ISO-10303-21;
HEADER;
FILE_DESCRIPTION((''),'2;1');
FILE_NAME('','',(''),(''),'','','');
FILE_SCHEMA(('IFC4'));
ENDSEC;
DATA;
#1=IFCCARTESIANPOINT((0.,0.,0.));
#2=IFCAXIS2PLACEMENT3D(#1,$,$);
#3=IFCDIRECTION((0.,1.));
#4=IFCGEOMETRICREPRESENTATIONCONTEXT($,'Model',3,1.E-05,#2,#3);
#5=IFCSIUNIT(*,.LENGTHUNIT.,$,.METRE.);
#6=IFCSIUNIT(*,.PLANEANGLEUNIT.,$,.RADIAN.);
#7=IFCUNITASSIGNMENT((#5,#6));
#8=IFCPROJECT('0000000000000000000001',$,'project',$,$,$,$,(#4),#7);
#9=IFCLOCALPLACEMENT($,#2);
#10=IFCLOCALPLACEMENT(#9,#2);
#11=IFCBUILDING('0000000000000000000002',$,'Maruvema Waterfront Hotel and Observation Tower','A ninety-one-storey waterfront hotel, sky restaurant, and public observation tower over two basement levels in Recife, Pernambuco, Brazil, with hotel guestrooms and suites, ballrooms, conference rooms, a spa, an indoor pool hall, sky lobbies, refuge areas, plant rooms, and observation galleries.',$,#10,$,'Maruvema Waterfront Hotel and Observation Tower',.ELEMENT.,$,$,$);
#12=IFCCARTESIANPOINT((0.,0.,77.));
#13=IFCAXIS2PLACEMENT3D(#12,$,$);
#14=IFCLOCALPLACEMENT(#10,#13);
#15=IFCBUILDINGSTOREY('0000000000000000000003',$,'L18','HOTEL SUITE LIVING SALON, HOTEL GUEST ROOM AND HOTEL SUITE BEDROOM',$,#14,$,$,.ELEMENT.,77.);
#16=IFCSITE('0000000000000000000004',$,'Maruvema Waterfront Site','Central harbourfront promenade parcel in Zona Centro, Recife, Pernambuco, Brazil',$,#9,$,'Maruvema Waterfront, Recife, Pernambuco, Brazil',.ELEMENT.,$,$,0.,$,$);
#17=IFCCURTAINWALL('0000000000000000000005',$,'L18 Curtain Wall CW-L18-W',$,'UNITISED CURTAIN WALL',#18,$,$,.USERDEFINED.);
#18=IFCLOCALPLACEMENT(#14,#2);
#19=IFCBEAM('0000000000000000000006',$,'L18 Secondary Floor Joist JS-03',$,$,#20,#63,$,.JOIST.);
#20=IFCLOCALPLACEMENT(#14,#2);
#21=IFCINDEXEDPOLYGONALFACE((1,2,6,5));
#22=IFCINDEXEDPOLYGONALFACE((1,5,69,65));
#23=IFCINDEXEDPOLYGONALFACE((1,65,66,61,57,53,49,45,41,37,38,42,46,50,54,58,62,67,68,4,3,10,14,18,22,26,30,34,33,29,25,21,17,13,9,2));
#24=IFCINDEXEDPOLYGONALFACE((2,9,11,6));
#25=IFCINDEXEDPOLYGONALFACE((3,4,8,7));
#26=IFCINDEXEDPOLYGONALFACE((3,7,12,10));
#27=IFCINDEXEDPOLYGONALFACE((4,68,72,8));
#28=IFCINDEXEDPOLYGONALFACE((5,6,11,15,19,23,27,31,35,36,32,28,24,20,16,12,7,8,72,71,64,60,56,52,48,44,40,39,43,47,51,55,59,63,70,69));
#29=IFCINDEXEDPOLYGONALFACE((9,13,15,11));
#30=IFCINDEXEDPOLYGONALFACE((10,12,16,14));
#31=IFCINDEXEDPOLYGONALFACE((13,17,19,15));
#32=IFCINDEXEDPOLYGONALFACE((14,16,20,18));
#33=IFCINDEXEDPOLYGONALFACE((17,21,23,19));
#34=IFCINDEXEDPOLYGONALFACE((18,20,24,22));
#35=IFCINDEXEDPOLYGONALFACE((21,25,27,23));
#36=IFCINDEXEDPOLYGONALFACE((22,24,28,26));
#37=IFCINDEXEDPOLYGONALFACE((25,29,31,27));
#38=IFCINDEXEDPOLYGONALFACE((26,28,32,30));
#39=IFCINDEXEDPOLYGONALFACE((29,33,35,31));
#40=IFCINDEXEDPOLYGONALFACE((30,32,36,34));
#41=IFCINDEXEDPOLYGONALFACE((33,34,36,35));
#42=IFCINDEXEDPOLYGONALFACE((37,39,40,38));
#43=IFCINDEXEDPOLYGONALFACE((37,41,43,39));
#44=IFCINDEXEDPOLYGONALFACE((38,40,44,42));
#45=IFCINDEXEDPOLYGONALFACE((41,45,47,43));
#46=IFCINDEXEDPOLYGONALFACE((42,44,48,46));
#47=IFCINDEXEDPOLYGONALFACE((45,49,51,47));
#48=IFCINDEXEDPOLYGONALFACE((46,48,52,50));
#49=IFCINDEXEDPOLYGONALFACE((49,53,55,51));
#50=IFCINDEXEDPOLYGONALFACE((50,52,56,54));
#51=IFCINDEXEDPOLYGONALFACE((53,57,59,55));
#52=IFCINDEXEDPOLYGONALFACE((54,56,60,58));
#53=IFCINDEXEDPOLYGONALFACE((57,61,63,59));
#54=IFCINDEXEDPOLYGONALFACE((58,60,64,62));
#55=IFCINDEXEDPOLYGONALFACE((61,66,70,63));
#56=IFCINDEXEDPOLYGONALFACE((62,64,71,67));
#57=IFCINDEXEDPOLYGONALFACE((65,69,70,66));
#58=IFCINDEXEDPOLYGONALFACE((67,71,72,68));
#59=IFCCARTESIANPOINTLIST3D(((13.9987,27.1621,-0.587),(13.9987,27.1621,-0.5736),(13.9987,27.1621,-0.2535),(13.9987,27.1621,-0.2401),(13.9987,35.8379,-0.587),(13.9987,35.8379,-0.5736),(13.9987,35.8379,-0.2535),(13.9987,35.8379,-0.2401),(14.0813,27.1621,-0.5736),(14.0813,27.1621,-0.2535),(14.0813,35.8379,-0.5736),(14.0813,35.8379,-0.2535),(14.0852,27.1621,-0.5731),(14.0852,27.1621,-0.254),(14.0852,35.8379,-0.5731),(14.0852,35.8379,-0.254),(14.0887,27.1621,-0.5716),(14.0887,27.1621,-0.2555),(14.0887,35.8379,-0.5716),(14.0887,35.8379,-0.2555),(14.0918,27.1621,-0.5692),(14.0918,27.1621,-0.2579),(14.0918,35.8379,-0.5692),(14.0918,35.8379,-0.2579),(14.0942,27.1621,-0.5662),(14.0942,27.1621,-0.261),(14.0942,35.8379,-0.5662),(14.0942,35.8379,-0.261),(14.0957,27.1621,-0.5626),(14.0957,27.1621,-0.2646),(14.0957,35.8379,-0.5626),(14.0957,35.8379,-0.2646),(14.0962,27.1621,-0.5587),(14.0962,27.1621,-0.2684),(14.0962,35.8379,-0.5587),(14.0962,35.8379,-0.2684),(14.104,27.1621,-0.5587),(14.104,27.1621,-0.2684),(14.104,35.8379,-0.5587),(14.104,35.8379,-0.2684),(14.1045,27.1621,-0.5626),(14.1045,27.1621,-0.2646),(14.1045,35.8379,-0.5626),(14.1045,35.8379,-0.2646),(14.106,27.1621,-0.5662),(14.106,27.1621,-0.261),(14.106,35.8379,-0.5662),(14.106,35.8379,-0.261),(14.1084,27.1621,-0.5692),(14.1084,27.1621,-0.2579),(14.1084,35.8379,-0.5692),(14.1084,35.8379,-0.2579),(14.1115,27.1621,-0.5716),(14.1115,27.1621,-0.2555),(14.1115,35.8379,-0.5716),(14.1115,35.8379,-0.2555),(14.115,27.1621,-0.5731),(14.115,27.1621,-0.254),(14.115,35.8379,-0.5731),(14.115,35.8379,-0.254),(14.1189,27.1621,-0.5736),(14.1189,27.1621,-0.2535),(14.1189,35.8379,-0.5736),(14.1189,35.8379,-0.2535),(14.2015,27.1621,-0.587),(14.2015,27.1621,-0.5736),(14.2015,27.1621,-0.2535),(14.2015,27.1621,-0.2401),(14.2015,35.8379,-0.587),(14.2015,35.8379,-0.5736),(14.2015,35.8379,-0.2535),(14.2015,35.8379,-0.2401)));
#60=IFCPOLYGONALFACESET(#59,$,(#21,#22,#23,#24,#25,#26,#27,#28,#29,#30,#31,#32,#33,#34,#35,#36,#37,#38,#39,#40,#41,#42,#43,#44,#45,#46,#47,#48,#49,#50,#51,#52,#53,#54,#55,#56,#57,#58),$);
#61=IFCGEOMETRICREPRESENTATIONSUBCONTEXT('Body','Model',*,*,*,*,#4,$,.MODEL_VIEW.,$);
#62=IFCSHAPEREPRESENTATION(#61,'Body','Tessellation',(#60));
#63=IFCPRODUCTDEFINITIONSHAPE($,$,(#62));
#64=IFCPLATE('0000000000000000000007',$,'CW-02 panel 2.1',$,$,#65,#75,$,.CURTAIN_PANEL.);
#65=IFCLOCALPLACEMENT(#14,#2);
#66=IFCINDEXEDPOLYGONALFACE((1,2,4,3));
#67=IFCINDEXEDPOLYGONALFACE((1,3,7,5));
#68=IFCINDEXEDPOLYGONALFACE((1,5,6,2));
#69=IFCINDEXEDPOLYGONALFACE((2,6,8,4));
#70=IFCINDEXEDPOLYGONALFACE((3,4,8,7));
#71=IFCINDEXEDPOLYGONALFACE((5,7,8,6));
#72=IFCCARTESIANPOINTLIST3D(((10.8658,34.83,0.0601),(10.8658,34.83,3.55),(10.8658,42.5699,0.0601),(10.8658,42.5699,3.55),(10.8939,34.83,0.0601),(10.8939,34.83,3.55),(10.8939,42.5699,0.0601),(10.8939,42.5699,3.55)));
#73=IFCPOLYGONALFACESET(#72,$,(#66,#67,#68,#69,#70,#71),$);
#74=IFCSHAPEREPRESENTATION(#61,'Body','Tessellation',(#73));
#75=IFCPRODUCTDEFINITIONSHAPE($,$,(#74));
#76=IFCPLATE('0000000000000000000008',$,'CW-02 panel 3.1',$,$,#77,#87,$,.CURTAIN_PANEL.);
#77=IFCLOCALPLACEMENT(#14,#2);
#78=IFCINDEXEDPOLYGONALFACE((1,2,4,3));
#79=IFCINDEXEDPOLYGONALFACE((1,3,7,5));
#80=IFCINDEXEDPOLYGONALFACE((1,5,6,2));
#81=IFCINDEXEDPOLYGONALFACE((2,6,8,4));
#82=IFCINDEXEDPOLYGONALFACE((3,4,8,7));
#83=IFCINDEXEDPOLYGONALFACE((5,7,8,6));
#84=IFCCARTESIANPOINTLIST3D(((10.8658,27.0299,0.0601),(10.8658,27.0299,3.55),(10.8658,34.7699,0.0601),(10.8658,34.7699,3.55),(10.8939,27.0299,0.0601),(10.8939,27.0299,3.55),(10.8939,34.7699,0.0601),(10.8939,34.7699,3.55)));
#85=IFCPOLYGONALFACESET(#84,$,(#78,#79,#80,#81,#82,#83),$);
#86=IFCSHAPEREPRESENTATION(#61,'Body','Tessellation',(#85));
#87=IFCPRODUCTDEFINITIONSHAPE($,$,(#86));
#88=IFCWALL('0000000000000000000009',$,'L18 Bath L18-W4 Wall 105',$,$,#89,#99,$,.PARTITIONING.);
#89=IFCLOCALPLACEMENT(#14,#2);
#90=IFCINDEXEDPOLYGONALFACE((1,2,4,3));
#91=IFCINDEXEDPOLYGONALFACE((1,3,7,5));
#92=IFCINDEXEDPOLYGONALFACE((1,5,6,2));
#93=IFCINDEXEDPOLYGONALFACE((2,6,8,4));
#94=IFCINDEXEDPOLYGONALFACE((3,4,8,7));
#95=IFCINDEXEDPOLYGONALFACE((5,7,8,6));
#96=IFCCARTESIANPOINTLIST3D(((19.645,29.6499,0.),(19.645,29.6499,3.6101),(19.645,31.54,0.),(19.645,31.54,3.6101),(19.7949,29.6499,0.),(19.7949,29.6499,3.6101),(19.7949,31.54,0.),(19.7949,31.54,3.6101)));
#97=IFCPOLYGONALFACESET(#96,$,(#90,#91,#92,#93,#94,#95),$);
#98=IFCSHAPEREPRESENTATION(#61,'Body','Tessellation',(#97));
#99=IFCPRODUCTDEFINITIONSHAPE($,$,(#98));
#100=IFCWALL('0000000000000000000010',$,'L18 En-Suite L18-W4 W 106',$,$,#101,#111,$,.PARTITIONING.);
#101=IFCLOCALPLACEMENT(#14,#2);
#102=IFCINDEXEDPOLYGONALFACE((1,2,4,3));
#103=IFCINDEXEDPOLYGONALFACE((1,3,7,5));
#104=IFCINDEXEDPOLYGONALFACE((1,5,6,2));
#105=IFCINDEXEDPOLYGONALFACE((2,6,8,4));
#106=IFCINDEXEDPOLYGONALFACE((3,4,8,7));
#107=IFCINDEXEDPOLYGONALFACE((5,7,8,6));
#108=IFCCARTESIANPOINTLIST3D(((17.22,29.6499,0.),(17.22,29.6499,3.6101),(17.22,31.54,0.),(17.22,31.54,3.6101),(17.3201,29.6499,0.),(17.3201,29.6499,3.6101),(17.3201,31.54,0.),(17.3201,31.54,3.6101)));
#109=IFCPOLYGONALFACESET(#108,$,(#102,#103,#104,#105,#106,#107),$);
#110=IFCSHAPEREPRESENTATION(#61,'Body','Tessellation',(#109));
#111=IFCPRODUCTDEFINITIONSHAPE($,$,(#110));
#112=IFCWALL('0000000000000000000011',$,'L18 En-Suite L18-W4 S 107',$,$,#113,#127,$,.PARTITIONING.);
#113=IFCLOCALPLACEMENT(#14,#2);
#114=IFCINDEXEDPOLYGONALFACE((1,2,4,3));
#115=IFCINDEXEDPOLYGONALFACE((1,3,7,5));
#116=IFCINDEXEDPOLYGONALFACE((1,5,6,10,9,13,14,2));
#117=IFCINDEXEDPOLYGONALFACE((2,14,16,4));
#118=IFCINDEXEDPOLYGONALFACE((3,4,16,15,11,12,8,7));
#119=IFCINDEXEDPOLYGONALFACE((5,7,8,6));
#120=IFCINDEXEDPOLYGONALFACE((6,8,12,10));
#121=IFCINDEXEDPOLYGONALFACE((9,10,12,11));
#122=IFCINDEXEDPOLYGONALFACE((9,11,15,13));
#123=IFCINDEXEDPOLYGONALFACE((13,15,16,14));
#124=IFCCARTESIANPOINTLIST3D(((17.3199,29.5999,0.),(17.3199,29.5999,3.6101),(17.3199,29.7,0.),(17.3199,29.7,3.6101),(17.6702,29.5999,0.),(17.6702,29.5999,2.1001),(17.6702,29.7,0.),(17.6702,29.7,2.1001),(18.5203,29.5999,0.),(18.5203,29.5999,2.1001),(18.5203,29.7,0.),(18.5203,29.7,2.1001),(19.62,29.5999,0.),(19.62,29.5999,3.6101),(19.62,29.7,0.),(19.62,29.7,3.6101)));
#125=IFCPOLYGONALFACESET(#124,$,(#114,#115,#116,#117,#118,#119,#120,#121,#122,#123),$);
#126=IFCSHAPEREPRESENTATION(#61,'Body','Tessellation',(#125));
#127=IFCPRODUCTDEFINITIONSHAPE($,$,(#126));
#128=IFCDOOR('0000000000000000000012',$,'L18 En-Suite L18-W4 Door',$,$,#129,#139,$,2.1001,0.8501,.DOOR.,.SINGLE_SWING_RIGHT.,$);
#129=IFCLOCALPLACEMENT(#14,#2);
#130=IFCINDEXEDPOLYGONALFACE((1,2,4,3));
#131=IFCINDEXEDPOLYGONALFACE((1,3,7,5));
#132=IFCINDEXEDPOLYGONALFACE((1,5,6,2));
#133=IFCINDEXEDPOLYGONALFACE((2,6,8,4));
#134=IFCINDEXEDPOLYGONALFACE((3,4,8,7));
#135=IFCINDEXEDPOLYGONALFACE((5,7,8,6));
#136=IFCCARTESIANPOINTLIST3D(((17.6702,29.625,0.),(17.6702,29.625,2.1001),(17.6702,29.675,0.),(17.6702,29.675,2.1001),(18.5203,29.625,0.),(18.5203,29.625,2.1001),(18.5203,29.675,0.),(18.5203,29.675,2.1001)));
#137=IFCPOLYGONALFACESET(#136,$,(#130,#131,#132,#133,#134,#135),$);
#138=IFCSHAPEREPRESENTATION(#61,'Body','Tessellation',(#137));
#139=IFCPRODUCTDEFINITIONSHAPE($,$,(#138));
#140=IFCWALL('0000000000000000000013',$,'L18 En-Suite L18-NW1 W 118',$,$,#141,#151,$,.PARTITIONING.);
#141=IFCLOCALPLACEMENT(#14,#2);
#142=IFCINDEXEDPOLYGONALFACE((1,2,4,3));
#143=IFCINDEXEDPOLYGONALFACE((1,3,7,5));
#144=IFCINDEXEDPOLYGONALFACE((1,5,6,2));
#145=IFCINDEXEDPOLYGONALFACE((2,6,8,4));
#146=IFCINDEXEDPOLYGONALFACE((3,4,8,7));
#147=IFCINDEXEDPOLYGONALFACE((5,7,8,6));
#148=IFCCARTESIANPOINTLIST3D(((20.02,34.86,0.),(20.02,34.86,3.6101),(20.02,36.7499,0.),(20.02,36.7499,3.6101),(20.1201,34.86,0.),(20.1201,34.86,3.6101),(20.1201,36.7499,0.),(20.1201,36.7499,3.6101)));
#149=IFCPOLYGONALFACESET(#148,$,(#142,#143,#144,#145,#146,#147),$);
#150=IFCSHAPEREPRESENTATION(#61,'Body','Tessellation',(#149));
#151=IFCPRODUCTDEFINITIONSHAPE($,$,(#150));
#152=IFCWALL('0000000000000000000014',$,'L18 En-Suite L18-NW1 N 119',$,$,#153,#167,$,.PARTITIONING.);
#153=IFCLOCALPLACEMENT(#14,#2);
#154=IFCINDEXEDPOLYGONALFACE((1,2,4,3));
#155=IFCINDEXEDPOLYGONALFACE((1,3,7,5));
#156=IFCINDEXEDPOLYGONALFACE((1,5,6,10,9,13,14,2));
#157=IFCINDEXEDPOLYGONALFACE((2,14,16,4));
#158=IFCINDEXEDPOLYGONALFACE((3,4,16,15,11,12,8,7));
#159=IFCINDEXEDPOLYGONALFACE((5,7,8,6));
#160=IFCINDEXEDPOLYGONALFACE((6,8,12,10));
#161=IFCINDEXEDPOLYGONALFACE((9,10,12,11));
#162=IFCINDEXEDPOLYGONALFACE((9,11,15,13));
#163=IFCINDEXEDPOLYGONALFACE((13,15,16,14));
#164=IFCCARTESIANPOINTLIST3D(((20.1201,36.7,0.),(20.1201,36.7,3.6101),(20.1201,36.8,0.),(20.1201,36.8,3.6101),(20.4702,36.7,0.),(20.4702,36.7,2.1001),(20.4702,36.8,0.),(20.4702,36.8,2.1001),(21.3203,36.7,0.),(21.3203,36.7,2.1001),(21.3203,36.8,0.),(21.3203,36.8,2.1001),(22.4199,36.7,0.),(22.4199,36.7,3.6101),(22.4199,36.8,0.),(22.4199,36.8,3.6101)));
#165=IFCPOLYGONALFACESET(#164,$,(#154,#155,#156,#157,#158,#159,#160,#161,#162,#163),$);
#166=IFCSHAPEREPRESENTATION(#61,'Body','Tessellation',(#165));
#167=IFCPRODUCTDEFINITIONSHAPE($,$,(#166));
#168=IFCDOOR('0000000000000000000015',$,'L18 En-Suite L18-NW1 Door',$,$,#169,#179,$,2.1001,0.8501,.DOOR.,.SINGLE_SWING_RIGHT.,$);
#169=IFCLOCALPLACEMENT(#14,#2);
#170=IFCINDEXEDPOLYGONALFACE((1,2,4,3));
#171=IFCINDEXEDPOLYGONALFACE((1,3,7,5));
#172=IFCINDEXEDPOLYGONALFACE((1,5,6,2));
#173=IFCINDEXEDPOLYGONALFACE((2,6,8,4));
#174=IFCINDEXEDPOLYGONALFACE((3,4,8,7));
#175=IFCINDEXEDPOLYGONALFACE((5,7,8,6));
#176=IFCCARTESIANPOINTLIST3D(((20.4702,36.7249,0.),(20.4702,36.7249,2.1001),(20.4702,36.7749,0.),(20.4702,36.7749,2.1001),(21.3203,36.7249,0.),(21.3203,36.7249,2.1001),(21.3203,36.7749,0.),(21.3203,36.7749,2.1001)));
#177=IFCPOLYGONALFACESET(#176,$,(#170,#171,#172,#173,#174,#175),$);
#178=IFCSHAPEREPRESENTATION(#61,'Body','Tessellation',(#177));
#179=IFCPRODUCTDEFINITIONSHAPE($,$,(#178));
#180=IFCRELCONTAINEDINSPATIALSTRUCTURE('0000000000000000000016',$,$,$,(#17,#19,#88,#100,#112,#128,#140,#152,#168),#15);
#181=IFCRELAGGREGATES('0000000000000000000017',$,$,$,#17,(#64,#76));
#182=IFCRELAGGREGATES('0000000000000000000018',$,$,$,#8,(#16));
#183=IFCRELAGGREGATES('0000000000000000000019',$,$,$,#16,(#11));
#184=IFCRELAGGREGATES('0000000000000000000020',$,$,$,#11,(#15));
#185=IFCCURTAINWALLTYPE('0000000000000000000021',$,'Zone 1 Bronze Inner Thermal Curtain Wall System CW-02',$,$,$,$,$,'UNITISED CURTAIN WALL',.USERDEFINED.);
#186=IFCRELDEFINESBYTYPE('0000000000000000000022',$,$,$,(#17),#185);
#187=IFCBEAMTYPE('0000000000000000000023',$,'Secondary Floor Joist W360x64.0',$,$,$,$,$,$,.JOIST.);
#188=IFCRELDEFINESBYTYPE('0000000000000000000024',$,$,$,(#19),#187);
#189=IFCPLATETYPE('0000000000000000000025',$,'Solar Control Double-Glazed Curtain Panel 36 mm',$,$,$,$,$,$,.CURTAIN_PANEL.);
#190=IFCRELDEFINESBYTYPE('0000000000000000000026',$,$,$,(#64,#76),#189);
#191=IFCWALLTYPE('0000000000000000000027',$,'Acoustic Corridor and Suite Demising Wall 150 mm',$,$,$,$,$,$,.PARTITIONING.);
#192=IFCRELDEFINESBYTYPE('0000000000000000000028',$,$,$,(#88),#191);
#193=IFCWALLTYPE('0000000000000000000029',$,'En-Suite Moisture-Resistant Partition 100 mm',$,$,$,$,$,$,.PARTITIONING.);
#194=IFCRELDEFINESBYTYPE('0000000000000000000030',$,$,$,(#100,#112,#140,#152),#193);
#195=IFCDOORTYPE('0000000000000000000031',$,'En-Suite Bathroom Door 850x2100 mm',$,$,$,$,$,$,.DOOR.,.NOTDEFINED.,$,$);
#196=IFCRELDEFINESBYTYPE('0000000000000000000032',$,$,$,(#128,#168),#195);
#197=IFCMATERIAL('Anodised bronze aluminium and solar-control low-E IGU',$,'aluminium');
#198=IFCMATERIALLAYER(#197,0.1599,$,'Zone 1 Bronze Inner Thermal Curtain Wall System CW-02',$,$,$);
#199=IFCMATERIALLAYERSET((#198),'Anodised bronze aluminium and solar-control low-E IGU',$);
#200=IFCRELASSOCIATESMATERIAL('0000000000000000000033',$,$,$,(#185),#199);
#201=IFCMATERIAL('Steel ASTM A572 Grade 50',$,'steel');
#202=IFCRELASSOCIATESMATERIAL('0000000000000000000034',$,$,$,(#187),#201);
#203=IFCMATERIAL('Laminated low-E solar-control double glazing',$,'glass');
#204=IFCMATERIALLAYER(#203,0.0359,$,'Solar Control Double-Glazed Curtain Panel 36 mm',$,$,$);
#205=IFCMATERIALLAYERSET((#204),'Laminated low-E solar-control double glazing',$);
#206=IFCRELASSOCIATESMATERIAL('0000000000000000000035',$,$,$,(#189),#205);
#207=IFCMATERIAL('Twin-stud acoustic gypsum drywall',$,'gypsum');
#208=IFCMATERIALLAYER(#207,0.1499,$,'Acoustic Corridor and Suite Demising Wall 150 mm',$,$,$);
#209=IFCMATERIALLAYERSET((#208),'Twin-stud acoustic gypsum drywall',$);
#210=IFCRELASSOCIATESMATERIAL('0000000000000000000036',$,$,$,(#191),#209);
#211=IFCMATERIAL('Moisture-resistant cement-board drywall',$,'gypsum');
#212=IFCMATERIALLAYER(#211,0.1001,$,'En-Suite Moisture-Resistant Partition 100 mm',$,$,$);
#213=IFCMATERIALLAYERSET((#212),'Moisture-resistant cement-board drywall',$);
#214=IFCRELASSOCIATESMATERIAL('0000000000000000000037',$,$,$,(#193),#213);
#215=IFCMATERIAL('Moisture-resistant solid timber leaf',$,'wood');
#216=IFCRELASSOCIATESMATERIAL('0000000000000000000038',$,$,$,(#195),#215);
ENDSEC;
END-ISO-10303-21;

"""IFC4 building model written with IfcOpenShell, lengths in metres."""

from ifc_helpers import new_model, si_unit, direction, frame, frame_2d, origin, origin_2d, place, context, subcontext, project, spatial, rectangle, i_section, extrude, material, layer, layer_set, material_profile, profile_set, type_object, element, fill, aggregate, save


model = new_model("IFC4")

# Units and contexts
model_context = context("Model", 3, precision=1e-05, world=origin(), true_north=direction((0.0, 1.0)))
body_context = subcontext(model_context, "Body", "Model", "MODEL_VIEW")
ifc_project = project(units=[si_unit("LENGTHUNIT", "METRE"), si_unit("PLANEANGLEUNIT", "RADIAN")], contexts=[model_context])

# Site, building, storey
site_placement = place(None, origin())
site = spatial("IfcSite", under=ifc_project, at=site_placement, Name="Maruvema Waterfront Site", Description="Central harbourfront promenade parcel in Zona Centro, Recife, Pernambuco, Brazil", LongName="Maruvema Waterfront, Recife, Pernambuco, Brazil", CompositionType="ELEMENT", RefElevation=0.0)
building_placement = place(site_placement, origin())
building = spatial("IfcBuilding", under=site, at=building_placement, Name="Maruvema Waterfront Hotel and Observation Tower", Description="A ninety-one-storey waterfront hotel, sky restaurant, and public observation tower over two basement levels in Recife, Pernambuco, Brazil, with hotel guestrooms and suites, ballrooms, conference rooms, a spa, an indoor pool hall, sky lobbies, refuge areas, plant rooms, and observation galleries.", LongName="Maruvema Waterfront Hotel and Observation Tower", CompositionType="ELEMENT")
storey_placement = place(building_placement, frame((0.0, 0.0, 77.0)))
storey = spatial("IfcBuildingStorey", under=building, at=storey_placement, Name="L18", Description="HOTEL SUITE LIVING SALON, HOTEL GUEST ROOM AND HOTEL SUITE BEDROOM", CompositionType="ELEMENT", Elevation=77.0)

# Curtain wall
ifc_material_1 = material(Name="Anodised bronze aluminium and solar-control low-E IGU", Category="aluminium")
ifc_layer_1 = layer(ifc_material_1, 0.1599, Name="Zone 1 Bronze Inner Thermal Curtain Wall System CW-02")
ifc_layer_set_1 = layer_set([ifc_layer_1], Name="Anodised bronze aluminium and solar-control low-E IGU")
curtain_wall_type = type_object("IfcCurtainWallType", Name="Zone 1 Bronze Inner Thermal Curtain Wall System CW-02", ElementType="UNITISED CURTAIN WALL", PredefinedType="USERDEFINED", material=ifc_layer_set_1)
curtain_wall_placement = place(storey_placement, origin())
curtain_wall = element("IfcCurtainWall", 1, at=curtain_wall_placement, inside=storey, type_object=curtain_wall_type, Name="L18 Curtain Wall CW-L18-W", ObjectType="UNITISED CURTAIN WALL", PredefinedType="USERDEFINED")

# Beam
ifc_material_2 = material(Name="Steel ASTM A572 Grade 50", Category="steel")
ifc_material_profile_1 = material_profile(ifc_material_2, i_section(OverallWidth=0.2029, OverallDepth=0.3469, WebThickness=0.0078, FlangeThickness=0.0134, FilletRadius=0.0149, at=origin_2d()), Name="W360x64.0")
ifc_profile_set_1 = profile_set([ifc_material_profile_1], Name="Steel ASTM A572 Grade 50")
beam_type_1 = type_object("IfcBeamType", Name="Secondary Floor Joist W360x64.0", PredefinedType="JOIST", material=ifc_profile_set_1)
beam_1_placement = place(storey_placement, frame((14.1001, 27.1621, -0.4136), z_axis=(0.0, 1.0, 0.0), x_axis=(-1.0, 0.0, 0.0)))
element("IfcBeam", 2, at=beam_1_placement, inside=storey, type_object=beam_type_1, Name="L18 Secondary Floor Joist JS-03", PredefinedType="JOIST", context=body_context, shape_type="SweptSolid", body=[
    extrude(i_section(OverallWidth=0.2029, OverallDepth=0.3469, WebThickness=0.0078, FlangeThickness=0.0134, FilletRadius=0.0149, at=origin_2d()), origin(), (0.0, 0.0, 1.0), 8.6758),
])

# Plates
ifc_material_3 = material(Name="Laminated low-E solar-control double glazing", Category="glass")
ifc_layer_2 = layer(ifc_material_3, 0.0359, Name="Solar Control Double-Glazed Curtain Panel 36 mm")
ifc_layer_set_2 = layer_set([ifc_layer_2], Name="Laminated low-E solar-control double glazing")
plate_type = type_object("IfcPlateType", Name="Solar Control Double-Glazed Curtain Panel 36 mm", PredefinedType="CURTAIN_PANEL", material=ifc_layer_set_2)
plate_1_placement = place(storey_placement, frame((10.8799, 38.7, 0.0601), z_axis=(0.0, 0.0, 1.0), x_axis=(0.0, -1.0, 0.0)))
plate_1 = element("IfcPlate", 3, at=plate_1_placement, type_object=plate_type, Name="CW-02 panel 2.1", PredefinedType="CURTAIN_PANEL", context=body_context, shape_type="SweptSolid", body=[
    extrude(rectangle(XDim=7.74, YDim=0.0281, at=origin_2d()), origin(), (0.0, 0.0, 1.0), 3.49),
])
plate_2_placement = place(storey_placement, frame((10.8799, 30.8999, 0.0601), z_axis=(0.0, 0.0, 1.0), x_axis=(0.0, -1.0, 0.0)))
plate_2 = element("IfcPlate", 4, at=plate_2_placement, type_object=plate_type, Name="CW-02 panel 3.1", PredefinedType="CURTAIN_PANEL", context=body_context, shape_type="SweptSolid", body=[
    extrude(rectangle(XDim=7.74, YDim=0.0281, at=origin_2d()), origin(), (0.0, 0.0, 1.0), 3.49),
])
aggregate(curtain_wall, [plate_1, plate_2])

# Shared definitions
ifc_material_4 = material(Name="Twin-stud acoustic gypsum drywall", Category="gypsum")
ifc_layer_3 = layer(ifc_material_4, 0.1499, Name="Acoustic Corridor and Suite Demising Wall 150 mm")
ifc_layer_set_3 = layer_set([ifc_layer_3], Name="Twin-stud acoustic gypsum drywall")
wall_type_1 = type_object("IfcWallType", Name="Acoustic Corridor and Suite Demising Wall 150 mm", PredefinedType="PARTITIONING", material=ifc_layer_set_3)

# Walls
wall_1_placement = place(storey_placement, frame((19.72, 29.6499, 0.0), z_axis=(0.0, 0.0, 1.0), x_axis=(0.0, 1.0, 0.0)))
element("IfcWall", 5, at=wall_1_placement, inside=storey, type_object=wall_type_1, Name="L18 Bath L18-W4 Wall 105", PredefinedType="PARTITIONING", context=body_context, shape_type="SweptSolid", body=[
    extrude(rectangle(XDim=1.8901, YDim=0.1499, at=frame_2d((0.9451, 0.0))), origin(), (0.0, 0.0, 1.0), 3.6101),
])
ifc_material_5 = material(Name="Moisture-resistant cement-board drywall", Category="gypsum")
ifc_layer_4 = layer(ifc_material_5, 0.1001, Name="En-Suite Moisture-Resistant Partition 100 mm")
ifc_layer_set_4 = layer_set([ifc_layer_4], Name="Moisture-resistant cement-board drywall")
wall_type_2 = type_object("IfcWallType", Name="En-Suite Moisture-Resistant Partition 100 mm", PredefinedType="PARTITIONING", material=ifc_layer_set_4)
wall_2_placement = place(storey_placement, frame((17.27, 29.6499, 0.0), z_axis=(0.0, 0.0, 1.0), x_axis=(0.0, 1.0, 0.0)))
element("IfcWall", 6, at=wall_2_placement, inside=storey, type_object=wall_type_2, Name="L18 En-Suite L18-W4 W 106", PredefinedType="PARTITIONING", context=body_context, shape_type="SweptSolid", body=[
    extrude(rectangle(XDim=1.8901, YDim=0.1001, at=frame_2d((0.9451, 0.0))), origin(), (0.0, 0.0, 1.0), 3.6101),
])

# Wall, opening, door
wall_3_placement = place(storey_placement, frame((17.3201, 29.6499, 0.0), z_axis=(0.0, 0.0, 1.0), x_axis=(1.0, 0.0, 0.0)))
wall_3 = element("IfcWall", 7, at=wall_3_placement, inside=storey, type_object=wall_type_2, Name="L18 En-Suite L18-W4 S 107", PredefinedType="PARTITIONING", context=body_context, shape_type="SweptSolid", body=[
    extrude(rectangle(XDim=2.3, YDim=0.1001, at=frame_2d((1.1499, 0.0))), origin(), (0.0, 0.0, 1.0), 3.6101),
])
opening_1_placement = place(wall_3_placement, frame((0.3501, 0.0, 0.0)))
opening_1 = element("IfcOpeningElement", 8, at=opening_1_placement, cuts=wall_3, PredefinedType="OPENING", context=body_context, shape_type="SweptSolid", body=[
    extrude(rectangle(XDim=0.8501, YDim=2.1001, at=frame_2d((0.425, 1.05))), frame((0.0, 0.0601, 0.0), z_axis=(0.0, -1.0, 0.0), x_axis=(1.0, 0.0, 0.0)), (0.0, 0.0, 1.0), 0.1201),
])
ifc_material_6 = material(Name="Moisture-resistant solid timber leaf", Category="wood")
door_type_1 = type_object("IfcDoorType", Name="En-Suite Bathroom Door 850x2100 mm", OperationType="NOTDEFINED", PredefinedType="DOOR", material=ifc_material_6)
door_1_placement = place(opening_1_placement, frame((0.8501, 0.0, 0.0), z_axis=(0.0, 0.0, 1.0), x_axis=(-1.0, 0.0, 0.0)))
door_1 = element("IfcDoor", 9, at=door_1_placement, inside=storey, type_object=door_type_1, Name="L18 En-Suite L18-W4 Door", OperationType="SINGLE_SWING_RIGHT", OverallHeight=2.1001, OverallWidth=0.8501, PredefinedType="DOOR", context=body_context, shape_type="SweptSolid", body=[
    extrude(rectangle(XDim=0.8501, YDim=2.1001, at=frame_2d((0.425, 1.05))), frame((0.0, 0.0249, 0.0), z_axis=(0.0, -1.0, 0.0), x_axis=(1.0, 0.0, 0.0)), (0.0, 0.0, 1.0), 0.05),
])
fill(opening_1, door_1)

# Wall
wall_4_placement = place(storey_placement, frame((20.0701, 34.8601, 0.0), z_axis=(0.0, 0.0, 1.0), x_axis=(0.0, 1.0, 0.0)))
element("IfcWall", 10, at=wall_4_placement, inside=storey, type_object=wall_type_2, Name="L18 En-Suite L18-NW1 W 118", PredefinedType="PARTITIONING", context=body_context, shape_type="SweptSolid", body=[
    extrude(rectangle(XDim=1.8899, YDim=0.1001, at=frame_2d((0.9448, 0.0))), origin(), (0.0, 0.0, 1.0), 3.6101),
])

# Wall, opening, door
wall_5_placement = place(storey_placement, frame((20.1201, 36.75, 0.0), z_axis=(0.0, 0.0, 1.0), x_axis=(1.0, 0.0, 0.0)))
wall_5 = element("IfcWall", 11, at=wall_5_placement, inside=storey, type_object=wall_type_2, Name="L18 En-Suite L18-NW1 N 119", PredefinedType="PARTITIONING", context=body_context, shape_type="SweptSolid", body=[
    extrude(rectangle(XDim=2.2998, YDim=0.1001, at=frame_2d((1.1499, 0.0))), origin(), (0.0, 0.0, 1.0), 3.6101),
])
opening_2_placement = place(wall_5_placement, frame((0.3501, 0.0, 0.0)))
opening_2 = element("IfcOpeningElement", 12, at=opening_2_placement, cuts=wall_5, PredefinedType="OPENING", context=body_context, shape_type="SweptSolid", body=[
    extrude(rectangle(XDim=0.8501, YDim=2.1001, at=frame_2d((0.425, 1.05))), frame((0.0, 0.0601, 0.0), z_axis=(0.0, -1.0, 0.0), x_axis=(1.0, 0.0, 0.0)), (0.0, 0.0, 1.0), 0.1201),
])
door_2_placement = place(opening_2_placement, origin())
door_2 = element("IfcDoor", 13, at=door_2_placement, inside=storey, type_object=door_type_1, Name="L18 En-Suite L18-NW1 Door", OperationType="SINGLE_SWING_RIGHT", OverallHeight=2.1001, OverallWidth=0.8501, PredefinedType="DOOR", context=body_context, shape_type="SweptSolid", body=[
    extrude(rectangle(XDim=0.8501, YDim=2.1001, at=frame_2d((0.425, 1.05))), frame((0.0, 0.0249, 0.0), z_axis=(0.0, -1.0, 0.0), x_axis=(1.0, 0.0, 0.0)), (0.0, 0.0, 1.0), 0.05),
])
fill(opening_2, door_2)

save(model, "model.ifc")
